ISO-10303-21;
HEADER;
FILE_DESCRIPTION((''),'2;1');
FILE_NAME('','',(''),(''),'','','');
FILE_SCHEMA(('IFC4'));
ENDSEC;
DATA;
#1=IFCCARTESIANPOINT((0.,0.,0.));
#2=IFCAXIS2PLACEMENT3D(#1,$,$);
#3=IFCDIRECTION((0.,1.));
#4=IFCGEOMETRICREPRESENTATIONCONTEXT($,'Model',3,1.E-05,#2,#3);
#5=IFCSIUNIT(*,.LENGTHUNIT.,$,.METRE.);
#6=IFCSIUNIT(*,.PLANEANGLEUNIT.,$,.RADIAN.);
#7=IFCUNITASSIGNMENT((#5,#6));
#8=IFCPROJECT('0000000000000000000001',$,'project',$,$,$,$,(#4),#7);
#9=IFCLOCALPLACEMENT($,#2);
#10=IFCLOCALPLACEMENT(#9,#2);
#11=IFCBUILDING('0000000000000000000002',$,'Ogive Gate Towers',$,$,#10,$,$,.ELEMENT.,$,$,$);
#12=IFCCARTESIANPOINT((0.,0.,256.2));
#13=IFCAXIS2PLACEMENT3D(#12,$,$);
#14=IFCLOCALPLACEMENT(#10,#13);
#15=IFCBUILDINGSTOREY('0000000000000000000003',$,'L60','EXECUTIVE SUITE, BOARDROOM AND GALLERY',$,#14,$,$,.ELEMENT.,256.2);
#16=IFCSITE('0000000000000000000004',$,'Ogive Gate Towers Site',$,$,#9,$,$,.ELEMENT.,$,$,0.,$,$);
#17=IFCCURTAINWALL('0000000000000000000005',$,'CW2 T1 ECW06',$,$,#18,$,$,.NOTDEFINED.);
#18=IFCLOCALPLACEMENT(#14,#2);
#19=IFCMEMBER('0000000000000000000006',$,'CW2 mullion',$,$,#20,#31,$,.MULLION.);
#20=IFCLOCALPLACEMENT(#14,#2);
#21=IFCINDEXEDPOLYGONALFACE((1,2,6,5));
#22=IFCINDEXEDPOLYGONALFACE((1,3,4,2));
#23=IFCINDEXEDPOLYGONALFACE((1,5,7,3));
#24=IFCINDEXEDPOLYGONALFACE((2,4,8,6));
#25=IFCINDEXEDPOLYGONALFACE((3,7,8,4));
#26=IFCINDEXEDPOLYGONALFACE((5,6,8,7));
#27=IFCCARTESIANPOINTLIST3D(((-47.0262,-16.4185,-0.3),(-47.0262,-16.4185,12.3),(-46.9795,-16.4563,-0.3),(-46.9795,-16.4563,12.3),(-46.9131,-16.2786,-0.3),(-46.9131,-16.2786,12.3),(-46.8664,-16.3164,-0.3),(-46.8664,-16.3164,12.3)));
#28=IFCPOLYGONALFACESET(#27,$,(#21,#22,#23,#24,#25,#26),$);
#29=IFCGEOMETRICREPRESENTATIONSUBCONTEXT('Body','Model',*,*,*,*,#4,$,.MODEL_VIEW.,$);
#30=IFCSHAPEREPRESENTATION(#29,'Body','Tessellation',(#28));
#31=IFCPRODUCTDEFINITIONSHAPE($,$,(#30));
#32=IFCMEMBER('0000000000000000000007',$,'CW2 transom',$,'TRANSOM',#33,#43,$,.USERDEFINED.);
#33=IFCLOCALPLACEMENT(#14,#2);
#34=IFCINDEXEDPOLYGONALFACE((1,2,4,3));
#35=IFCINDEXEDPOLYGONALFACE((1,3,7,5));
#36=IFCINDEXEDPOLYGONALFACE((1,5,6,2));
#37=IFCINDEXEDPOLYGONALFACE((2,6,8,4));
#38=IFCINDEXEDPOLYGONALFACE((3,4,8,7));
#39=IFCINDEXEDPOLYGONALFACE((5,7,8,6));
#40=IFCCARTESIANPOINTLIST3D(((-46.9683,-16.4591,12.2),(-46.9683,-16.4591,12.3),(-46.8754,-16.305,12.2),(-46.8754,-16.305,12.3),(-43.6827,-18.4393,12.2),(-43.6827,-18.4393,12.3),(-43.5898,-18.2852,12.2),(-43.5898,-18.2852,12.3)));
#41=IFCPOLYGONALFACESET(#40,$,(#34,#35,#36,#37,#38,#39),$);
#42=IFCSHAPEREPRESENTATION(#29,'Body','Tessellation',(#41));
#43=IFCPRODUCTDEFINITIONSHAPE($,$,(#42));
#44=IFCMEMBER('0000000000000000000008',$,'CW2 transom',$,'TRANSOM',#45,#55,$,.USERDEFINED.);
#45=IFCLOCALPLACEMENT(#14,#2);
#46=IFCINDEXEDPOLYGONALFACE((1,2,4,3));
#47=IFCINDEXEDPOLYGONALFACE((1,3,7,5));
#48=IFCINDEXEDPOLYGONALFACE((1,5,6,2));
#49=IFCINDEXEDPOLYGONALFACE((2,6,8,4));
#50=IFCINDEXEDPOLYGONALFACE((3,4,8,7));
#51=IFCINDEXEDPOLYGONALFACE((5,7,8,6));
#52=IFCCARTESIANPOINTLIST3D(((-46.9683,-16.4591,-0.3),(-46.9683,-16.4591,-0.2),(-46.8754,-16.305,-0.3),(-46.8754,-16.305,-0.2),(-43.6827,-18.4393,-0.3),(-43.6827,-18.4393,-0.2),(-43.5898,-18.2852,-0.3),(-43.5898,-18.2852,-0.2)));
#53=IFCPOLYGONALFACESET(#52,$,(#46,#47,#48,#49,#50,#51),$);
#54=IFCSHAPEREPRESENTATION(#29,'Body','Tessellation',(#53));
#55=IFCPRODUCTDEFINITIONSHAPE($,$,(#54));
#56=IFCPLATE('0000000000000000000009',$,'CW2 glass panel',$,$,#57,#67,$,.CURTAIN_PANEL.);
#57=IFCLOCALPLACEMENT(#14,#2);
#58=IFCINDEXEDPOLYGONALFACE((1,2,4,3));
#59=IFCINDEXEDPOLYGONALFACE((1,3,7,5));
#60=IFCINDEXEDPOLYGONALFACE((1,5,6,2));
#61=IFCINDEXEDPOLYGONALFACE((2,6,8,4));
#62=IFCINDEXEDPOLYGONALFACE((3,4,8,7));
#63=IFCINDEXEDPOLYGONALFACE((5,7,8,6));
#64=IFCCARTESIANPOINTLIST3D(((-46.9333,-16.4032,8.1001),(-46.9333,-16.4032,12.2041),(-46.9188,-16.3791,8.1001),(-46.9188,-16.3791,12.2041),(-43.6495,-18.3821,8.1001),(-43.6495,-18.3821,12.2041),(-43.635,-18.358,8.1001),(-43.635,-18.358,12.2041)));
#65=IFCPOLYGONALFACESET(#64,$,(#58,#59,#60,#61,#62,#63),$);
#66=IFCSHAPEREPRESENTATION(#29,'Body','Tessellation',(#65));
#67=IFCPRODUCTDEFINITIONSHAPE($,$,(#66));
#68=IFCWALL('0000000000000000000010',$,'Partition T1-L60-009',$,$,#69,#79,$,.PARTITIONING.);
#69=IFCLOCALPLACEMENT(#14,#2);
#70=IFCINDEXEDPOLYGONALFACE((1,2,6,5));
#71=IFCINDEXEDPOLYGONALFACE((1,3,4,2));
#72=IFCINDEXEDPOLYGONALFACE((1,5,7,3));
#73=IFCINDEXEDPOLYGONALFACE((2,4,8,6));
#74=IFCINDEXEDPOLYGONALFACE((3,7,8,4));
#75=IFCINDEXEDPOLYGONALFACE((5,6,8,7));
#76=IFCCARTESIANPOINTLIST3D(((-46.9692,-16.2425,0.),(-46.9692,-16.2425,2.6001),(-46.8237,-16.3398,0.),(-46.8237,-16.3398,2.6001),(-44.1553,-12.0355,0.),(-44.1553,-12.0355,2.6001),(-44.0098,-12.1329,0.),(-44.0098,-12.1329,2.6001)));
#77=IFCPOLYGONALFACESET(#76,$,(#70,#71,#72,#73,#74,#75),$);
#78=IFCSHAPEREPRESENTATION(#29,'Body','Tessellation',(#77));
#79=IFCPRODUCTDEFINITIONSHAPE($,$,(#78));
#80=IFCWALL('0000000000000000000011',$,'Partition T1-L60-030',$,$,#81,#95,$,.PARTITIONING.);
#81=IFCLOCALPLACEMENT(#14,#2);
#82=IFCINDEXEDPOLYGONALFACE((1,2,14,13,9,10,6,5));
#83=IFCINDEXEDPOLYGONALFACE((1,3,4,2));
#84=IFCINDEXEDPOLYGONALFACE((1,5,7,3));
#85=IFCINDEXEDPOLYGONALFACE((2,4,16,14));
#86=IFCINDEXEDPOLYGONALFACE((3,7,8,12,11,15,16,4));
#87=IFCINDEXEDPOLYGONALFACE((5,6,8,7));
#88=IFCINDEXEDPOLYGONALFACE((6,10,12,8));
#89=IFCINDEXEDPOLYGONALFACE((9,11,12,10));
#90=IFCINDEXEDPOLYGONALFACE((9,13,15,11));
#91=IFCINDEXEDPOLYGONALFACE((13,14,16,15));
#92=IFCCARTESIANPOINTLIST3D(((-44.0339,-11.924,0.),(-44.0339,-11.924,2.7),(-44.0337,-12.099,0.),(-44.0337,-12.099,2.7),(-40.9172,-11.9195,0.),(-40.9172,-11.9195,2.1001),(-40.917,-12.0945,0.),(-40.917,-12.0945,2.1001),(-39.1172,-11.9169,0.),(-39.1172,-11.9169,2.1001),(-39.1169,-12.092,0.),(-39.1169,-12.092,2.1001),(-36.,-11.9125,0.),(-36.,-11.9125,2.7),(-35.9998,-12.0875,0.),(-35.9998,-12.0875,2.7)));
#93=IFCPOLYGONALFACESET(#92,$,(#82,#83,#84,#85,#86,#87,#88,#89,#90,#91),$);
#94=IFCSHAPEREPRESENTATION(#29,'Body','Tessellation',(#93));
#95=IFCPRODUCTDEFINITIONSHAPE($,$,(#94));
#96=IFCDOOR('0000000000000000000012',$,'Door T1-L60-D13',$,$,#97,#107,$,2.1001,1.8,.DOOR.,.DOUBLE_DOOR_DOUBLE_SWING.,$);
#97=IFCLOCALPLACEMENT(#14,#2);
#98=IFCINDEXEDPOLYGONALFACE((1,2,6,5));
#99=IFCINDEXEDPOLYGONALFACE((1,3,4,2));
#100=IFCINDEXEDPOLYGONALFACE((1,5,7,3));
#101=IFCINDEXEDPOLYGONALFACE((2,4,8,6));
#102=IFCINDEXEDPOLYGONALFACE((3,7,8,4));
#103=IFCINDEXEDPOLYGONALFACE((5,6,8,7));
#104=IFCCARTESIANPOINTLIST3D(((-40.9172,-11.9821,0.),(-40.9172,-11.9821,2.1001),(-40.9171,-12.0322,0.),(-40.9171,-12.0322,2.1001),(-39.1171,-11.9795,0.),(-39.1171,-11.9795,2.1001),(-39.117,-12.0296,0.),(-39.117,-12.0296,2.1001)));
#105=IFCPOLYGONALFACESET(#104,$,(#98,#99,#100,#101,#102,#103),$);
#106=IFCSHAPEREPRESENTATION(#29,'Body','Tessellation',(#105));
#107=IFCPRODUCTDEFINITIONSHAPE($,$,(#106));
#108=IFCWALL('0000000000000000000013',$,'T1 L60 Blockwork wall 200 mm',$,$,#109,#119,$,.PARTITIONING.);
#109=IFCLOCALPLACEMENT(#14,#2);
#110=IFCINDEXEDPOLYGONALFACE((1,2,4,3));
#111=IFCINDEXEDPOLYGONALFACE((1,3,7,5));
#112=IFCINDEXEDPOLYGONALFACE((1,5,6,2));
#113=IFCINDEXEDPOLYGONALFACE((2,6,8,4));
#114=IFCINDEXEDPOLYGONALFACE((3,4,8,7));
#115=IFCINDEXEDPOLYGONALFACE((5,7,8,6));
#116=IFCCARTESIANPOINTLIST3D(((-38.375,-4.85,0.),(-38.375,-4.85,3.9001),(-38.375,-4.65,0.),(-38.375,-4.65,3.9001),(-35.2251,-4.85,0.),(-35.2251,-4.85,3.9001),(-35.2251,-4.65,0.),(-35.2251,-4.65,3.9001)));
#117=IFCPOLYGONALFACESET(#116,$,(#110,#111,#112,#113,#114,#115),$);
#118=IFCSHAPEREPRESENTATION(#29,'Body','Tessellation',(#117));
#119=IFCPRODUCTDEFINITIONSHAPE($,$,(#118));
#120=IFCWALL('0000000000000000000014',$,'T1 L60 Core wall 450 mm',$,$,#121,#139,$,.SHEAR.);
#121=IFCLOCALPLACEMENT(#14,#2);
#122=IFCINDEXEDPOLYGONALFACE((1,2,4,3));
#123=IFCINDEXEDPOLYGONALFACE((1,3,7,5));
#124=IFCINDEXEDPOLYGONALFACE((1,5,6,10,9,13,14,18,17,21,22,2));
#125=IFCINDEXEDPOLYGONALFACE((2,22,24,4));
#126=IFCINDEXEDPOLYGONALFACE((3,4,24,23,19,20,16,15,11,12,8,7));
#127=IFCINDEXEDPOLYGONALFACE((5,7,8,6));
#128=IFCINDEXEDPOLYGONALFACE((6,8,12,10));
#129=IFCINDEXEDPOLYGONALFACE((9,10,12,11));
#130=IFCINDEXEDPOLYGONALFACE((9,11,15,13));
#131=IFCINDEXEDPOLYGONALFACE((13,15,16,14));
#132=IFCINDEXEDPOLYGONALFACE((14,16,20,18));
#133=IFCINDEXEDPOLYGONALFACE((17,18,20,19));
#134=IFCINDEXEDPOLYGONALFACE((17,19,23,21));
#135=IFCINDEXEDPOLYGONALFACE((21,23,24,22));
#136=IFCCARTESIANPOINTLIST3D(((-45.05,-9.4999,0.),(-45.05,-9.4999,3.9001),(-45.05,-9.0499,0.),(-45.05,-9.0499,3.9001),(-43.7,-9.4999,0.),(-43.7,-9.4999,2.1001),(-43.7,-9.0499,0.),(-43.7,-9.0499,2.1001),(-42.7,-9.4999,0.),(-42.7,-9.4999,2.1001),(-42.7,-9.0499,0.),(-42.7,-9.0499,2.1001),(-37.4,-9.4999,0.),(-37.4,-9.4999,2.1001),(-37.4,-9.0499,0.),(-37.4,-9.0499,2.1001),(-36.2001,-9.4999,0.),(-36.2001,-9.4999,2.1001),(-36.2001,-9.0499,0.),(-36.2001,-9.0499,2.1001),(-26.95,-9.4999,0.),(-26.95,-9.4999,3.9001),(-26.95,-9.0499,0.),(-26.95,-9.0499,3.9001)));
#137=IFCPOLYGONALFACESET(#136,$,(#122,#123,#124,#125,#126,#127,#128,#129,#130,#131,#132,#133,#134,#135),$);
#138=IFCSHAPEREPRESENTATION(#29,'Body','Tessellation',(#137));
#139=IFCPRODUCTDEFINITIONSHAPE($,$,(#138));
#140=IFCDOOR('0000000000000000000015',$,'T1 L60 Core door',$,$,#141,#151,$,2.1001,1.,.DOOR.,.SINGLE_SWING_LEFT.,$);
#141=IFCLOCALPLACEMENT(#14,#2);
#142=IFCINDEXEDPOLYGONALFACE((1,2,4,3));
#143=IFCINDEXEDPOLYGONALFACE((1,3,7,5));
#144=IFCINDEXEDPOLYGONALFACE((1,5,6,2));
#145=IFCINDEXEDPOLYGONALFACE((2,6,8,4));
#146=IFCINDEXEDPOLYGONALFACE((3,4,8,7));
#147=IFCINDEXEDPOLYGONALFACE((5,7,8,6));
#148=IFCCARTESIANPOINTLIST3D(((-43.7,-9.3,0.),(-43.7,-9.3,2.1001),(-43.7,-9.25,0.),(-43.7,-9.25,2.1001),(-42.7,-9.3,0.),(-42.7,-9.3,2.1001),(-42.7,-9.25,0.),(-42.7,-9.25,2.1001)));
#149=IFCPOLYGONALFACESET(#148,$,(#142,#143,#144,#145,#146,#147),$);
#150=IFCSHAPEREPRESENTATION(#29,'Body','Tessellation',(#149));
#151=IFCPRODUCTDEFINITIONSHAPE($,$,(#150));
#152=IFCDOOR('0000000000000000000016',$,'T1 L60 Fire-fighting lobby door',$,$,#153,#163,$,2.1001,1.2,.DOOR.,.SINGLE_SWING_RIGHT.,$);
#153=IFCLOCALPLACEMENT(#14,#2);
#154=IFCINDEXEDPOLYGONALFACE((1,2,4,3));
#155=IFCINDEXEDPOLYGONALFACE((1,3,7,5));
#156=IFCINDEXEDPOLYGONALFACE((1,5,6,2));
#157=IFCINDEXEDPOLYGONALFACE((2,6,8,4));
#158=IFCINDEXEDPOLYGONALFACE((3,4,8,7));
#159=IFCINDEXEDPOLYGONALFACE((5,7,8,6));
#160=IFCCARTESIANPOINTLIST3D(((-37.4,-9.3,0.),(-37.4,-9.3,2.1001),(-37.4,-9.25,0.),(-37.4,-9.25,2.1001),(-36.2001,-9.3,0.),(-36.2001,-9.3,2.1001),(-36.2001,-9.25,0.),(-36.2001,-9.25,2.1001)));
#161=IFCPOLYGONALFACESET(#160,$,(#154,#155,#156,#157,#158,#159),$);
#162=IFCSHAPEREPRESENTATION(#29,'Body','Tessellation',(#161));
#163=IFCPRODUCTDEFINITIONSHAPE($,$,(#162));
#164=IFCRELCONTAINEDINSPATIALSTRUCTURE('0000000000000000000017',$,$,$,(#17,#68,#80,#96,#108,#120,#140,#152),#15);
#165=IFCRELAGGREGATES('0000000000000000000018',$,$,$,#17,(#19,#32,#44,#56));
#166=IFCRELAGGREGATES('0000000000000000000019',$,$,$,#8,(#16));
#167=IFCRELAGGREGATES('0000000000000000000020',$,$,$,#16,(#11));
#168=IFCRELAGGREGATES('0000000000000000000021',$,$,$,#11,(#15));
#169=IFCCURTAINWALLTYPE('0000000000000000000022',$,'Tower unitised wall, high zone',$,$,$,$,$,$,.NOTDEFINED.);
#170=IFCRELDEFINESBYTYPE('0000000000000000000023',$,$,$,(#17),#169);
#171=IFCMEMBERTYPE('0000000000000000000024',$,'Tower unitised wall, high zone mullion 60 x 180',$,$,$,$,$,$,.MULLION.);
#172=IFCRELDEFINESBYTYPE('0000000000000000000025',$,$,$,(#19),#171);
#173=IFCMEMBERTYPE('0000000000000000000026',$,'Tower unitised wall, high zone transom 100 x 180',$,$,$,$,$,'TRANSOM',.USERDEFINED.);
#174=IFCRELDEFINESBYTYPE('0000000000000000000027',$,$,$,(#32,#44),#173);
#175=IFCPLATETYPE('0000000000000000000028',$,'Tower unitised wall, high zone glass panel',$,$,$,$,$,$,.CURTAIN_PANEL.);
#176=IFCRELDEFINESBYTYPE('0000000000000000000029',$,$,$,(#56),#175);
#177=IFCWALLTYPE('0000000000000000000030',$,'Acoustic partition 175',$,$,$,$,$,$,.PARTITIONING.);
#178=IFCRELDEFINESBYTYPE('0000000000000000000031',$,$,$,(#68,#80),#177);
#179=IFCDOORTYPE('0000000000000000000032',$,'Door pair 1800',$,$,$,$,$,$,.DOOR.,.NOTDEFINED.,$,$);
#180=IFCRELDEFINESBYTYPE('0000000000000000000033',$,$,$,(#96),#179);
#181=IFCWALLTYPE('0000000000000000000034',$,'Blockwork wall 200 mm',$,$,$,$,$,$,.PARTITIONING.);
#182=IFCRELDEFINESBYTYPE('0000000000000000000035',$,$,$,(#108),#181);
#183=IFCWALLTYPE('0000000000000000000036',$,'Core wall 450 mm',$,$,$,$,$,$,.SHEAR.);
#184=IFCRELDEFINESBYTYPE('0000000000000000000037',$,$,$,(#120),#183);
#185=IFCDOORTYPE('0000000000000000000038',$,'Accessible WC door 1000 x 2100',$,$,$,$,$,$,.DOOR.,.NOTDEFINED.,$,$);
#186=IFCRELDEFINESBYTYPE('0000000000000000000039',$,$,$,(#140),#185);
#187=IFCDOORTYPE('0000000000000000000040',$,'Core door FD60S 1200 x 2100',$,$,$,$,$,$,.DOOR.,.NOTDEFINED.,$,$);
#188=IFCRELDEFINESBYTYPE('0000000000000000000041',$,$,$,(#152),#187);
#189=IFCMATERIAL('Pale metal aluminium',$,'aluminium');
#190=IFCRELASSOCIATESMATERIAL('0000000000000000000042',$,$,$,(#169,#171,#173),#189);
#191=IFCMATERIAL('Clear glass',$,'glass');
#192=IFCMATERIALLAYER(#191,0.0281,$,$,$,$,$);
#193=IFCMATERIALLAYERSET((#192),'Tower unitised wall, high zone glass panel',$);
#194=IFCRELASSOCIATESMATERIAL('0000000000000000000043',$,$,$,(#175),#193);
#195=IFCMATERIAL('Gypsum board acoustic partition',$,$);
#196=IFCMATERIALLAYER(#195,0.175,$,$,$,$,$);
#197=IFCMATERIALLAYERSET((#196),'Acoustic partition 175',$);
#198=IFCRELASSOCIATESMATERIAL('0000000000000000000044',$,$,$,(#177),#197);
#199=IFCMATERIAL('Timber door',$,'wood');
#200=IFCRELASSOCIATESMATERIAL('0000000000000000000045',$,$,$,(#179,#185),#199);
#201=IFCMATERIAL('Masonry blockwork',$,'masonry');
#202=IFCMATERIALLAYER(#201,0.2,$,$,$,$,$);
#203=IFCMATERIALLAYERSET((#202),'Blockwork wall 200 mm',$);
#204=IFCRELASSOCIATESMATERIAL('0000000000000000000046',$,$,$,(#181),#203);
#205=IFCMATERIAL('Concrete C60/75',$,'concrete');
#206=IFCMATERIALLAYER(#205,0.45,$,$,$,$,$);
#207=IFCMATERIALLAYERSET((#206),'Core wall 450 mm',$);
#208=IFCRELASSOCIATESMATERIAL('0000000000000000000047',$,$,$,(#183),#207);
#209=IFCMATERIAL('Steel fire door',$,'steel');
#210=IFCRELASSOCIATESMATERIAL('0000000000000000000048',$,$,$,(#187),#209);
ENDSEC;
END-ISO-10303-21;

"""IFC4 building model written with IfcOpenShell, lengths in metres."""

from ifc_helpers import new_model, si_unit, direction, frame, frame_2d, origin, origin_2d, place, context, subcontext, project, spatial, rectangle, extrude, material, layer, layer_set, material_profile, profile_set, type_object, element, fill, aggregate, save


model = new_model("IFC4")

# Units and contexts
model_context = context("Model", 3, precision=1e-05, world=origin(), true_north=direction((0.0, 1.0)))
body_context = subcontext(model_context, "Body", "Model", "MODEL_VIEW")
ifc_project = project(units=[si_unit("LENGTHUNIT", "METRE"), si_unit("PLANEANGLEUNIT", "RADIAN")], contexts=[model_context])

# Site, building, storey
site_placement = place(None, origin())
site = spatial("IfcSite", under=ifc_project, at=site_placement, Name="Ogive Gate Towers Site", CompositionType="ELEMENT", RefElevation=0.0)
building_placement = place(site_placement, origin())
building = spatial("IfcBuilding", under=site, at=building_placement, Name="Ogive Gate Towers", CompositionType="ELEMENT")
storey_placement = place(building_placement, frame((0.0, 0.0, 256.2)))
storey = spatial("IfcBuildingStorey", under=building, at=storey_placement, Name="L60", Description="EXECUTIVE SUITE, BOARDROOM AND GALLERY", CompositionType="ELEMENT", Elevation=256.2)

# Curtain wall, members, plate
ifc_material_1 = material(Name="Pale metal aluminium", Category="aluminium")
curtain_wall_type = type_object("IfcCurtainWallType", Name="Tower unitised wall, high zone", PredefinedType="NOTDEFINED", material=ifc_material_1)
curtain_wall_placement = place(storey_placement, origin())
curtain_wall = element("IfcCurtainWall", 1, at=curtain_wall_placement, inside=storey, type_object=curtain_wall_type, Name="CW2 T1 ECW06", PredefinedType="NOTDEFINED")
ifc_material_profile_1 = material_profile(ifc_material_1, rectangle(XDim=0.1799, YDim=0.0601, at=origin_2d()), Name="60 x 180 aluminium box")
ifc_profile_set_1 = profile_set([ifc_material_profile_1], Name="Pale metal aluminium")
member_type_1 = type_object("IfcMemberType", Name="Tower unitised wall, high zone mullion 60 x 180", PredefinedType="MULLION", material=ifc_profile_set_1)
member_1_placement = place(storey_placement, frame((-46.9463, -16.3674, -0.3), z_axis=(0.0, 0.0, 1.0), x_axis=(-0.628791, -0.777574, 0.0)))
member_1 = element("IfcMember", 2, at=member_1_placement, type_object=member_type_1, Name="CW2 mullion", PredefinedType="MULLION", context=body_context, shape_type="SweptSolid", body=[
    extrude(rectangle(XDim=0.1799, YDim=0.0601, at=origin_2d()), origin(), (0.0, 0.0, 1.0), 12.6001),
])
ifc_material_profile_2 = material_profile(ifc_material_1, rectangle(XDim=0.1799, YDim=0.1001, at=origin_2d()), Name="100 x 180 aluminium box")
ifc_profile_set_2 = profile_set([ifc_material_profile_2], Name="Pale metal aluminium")
member_type_2 = type_object("IfcMemberType", Name="Tower unitised wall, high zone transom 100 x 180", ElementType="TRANSOM", PredefinedType="USERDEFINED", material=ifc_profile_set_2)
member_2_placement = place(storey_placement, frame((-46.9219, -16.3821, 12.25), z_axis=(0.856475, -0.516189, 0.0), x_axis=(0.516189, 0.856475, 0.0)))
member_2 = element("IfcMember", 3, at=member_2_placement, type_object=member_type_2, Name="CW2 transom", ObjectType="TRANSOM", PredefinedType="USERDEFINED", context=body_context, shape_type="SweptSolid", body=[
    extrude(rectangle(XDim=0.1799, YDim=0.1001, at=origin_2d()), origin(), (0.0, 0.0, 1.0), 3.8362),
])
member_3_placement = place(storey_placement, frame((-46.9219, -16.3821, -0.25), z_axis=(0.856475, -0.516189, 0.0), x_axis=(0.516189, 0.856475, 0.0)))
member_3 = element("IfcMember", 4, at=member_3_placement, type_object=member_type_2, Name="CW2 transom", ObjectType="TRANSOM", PredefinedType="USERDEFINED", context=body_context, shape_type="SweptSolid", body=[
    extrude(rectangle(XDim=0.1799, YDim=0.1001, at=origin_2d()), origin(), (0.0, 0.0, 1.0), 3.8362),
])
ifc_material_2 = material(Name="Clear glass", Category="glass")
ifc_layer_1 = layer(ifc_material_2, 0.0281)
ifc_layer_set_1 = layer_set([ifc_layer_1], Name="Tower unitised wall, high zone glass panel")
plate_type = type_object("IfcPlateType", Name="Tower unitised wall, high zone glass panel", PredefinedType="CURTAIN_PANEL", material=ifc_layer_set_1)
plate_placement = place(storey_placement, frame((-45.2842, -17.3806, 8.1001), z_axis=(0.0, 0.0, 1.0), x_axis=(0.856501, -0.516145, 0.0)))
plate = element("IfcPlate", 5, at=plate_placement, type_object=plate_type, Name="CW2 glass panel", PredefinedType="CURTAIN_PANEL", context=body_context, shape_type="SweptSolid", body=[
    extrude(rectangle(XDim=3.834, YDim=0.0281, at=origin_2d()), origin(), (0.0, 0.0, 1.0), 4.104),
])
aggregate(curtain_wall, [member_1, member_2, member_3, plate])

# Wall
ifc_material_3 = material(Name="Gypsum board acoustic partition")
ifc_layer_2 = layer(ifc_material_3, 0.175)
ifc_layer_set_2 = layer_set([ifc_layer_2], Name="Acoustic partition 175")
wall_type_1 = type_object("IfcWallType", Name="Acoustic partition 175", PredefinedType="PARTITIONING", material=ifc_layer_set_2)
wall_1_placement = place(storey_placement, frame((-46.8965, -16.2913, 0.0), z_axis=(0.0, 0.0, 1.0), x_axis=(0.555969, 0.831203, 0.0)))
element("IfcWall", 6, at=wall_1_placement, inside=storey, type_object=wall_type_1, Name="Partition T1-L60-009", PredefinedType="PARTITIONING", context=body_context, shape_type="SweptSolid", body=[
    extrude(rectangle(XDim=5.0613, YDim=0.175, at=frame_2d((2.5308, 0.0))), origin(), (0.0, 0.0, 1.0), 2.6001),
])

# Wall, opening, door
wall_2_placement = place(storey_placement, frame((-44.0339, -12.0115, 0.0), z_axis=(0.0, 0.0, 1.0), x_axis=(0.999999, 0.001428, 0.0)))
wall_2 = element("IfcWall", 7, at=wall_2_placement, inside=storey, type_object=wall_type_1, Name="Partition T1-L60-030", PredefinedType="PARTITIONING", context=body_context, shape_type="SweptSolid", body=[
    extrude(rectangle(XDim=8.0339, YDim=0.175, at=frame_2d((4.0171, 0.0))), origin(), (0.0, 0.0, 1.0), 2.7),
])
opening_1_placement = place(wall_2_placement, frame((3.1169, 0.0, 0.0)))
opening_1 = element("IfcOpeningElement", 8, at=opening_1_placement, cuts=wall_2, PredefinedType="OPENING", context=body_context, shape_type="SweptSolid", body=[
    extrude(rectangle(XDim=1.8, YDim=2.1001, at=frame_2d((0.8999, 1.05))), frame((0.0, 0.0977, 0.0), z_axis=(0.0, -1.0, 0.0), x_axis=(1.0, 0.0, 0.0)), (0.0, 0.0, 1.0), 0.1951),
])
ifc_material_4 = material(Name="Timber door", Category="wood")
door_type_1 = type_object("IfcDoorType", Name="Door pair 1800", OperationType="NOTDEFINED", PredefinedType="DOOR", material=ifc_material_4)
door_1_placement = place(opening_1_placement, origin())
door_1 = element("IfcDoor", 9, at=door_1_placement, inside=storey, type_object=door_type_1, Name="Door T1-L60-D13", OperationType="DOUBLE_DOOR_DOUBLE_SWING", OverallHeight=2.1001, OverallWidth=1.8, PredefinedType="DOOR", context=body_context, shape_type="SweptSolid", body=[
    extrude(rectangle(XDim=1.8, YDim=2.1001, at=frame_2d((0.8999, 1.05))), frame((0.0, 0.0249, 0.0), z_axis=(0.0, -1.0, 0.0), x_axis=(1.0, 0.0, 0.0)), (0.0, 0.0, 1.0), 0.05),
])
fill(opening_1, door_1)

# Wall
ifc_material_5 = material(Name="Masonry blockwork", Category="masonry")
ifc_layer_3 = layer(ifc_material_5, 0.2)
ifc_layer_set_3 = layer_set([ifc_layer_3], Name="Blockwork wall 200 mm")
wall_type_2 = type_object("IfcWallType", Name="Blockwork wall 200 mm", PredefinedType="PARTITIONING", material=ifc_layer_set_3)
wall_3_placement = place(storey_placement, frame((-38.375, -4.75, 0.0), z_axis=(0.0, 0.0, 1.0), x_axis=(1.0, 0.0, 0.0)))
element("IfcWall", 10, at=wall_3_placement, inside=storey, type_object=wall_type_2, Name="T1 L60 Blockwork wall 200 mm", PredefinedType="PARTITIONING", context=body_context, shape_type="SweptSolid", body=[
    extrude(rectangle(XDim=3.1499, YDim=0.2, at=frame_2d((1.575, 0.0))), origin(), (0.0, 0.0, 1.0), 3.9001),
])

# Wall, openings, doors
ifc_material_6 = material(Name="Concrete C60/75", Category="concrete")
ifc_layer_4 = layer(ifc_material_6, 0.45)
ifc_layer_set_4 = layer_set([ifc_layer_4], Name="Core wall 450 mm")
wall_type_3 = type_object("IfcWallType", Name="Core wall 450 mm", PredefinedType="SHEAR", material=ifc_layer_set_4)
wall_4_placement = place(storey_placement, frame((-45.05, -9.2749, 0.0), z_axis=(0.0, 0.0, 1.0), x_axis=(1.0, 0.0, 0.0)))
wall_4 = element("IfcWall", 11, at=wall_4_placement, inside=storey, type_object=wall_type_3, Name="T1 L60 Core wall 450 mm", PredefinedType="SHEAR", context=body_context, shape_type="SweptSolid", body=[
    extrude(rectangle(XDim=18.1001, YDim=0.45, at=frame_2d((9.05, 0.0))), origin(), (0.0, 0.0, 1.0), 3.9001),
])
opening_2_placement = place(wall_4_placement, frame((7.6499, 0.0, 0.0)))
opening_2 = element("IfcOpeningElement", 12, at=opening_2_placement, cuts=wall_4, PredefinedType="OPENING", context=body_context, shape_type="SweptSolid", body=[
    extrude(rectangle(XDim=1.2, YDim=2.1001, at=frame_2d((0.6001, 1.05))), frame((0.0, 0.2349, 0.0), z_axis=(0.0, -1.0, 0.0), x_axis=(1.0, 0.0, 0.0)), (0.0, 0.0, 1.0), 0.47),
])
opening_3_placement = place(wall_4_placement, frame((1.3501, 0.0, 0.0)))
opening_3 = element("IfcOpeningElement", 13, at=opening_3_placement, cuts=wall_4, PredefinedType="OPENING", context=body_context, shape_type="SweptSolid", body=[
    extrude(rectangle(XDim=1.0, YDim=2.1001, at=frame_2d((0.5, 1.05))), frame((0.0, 0.2349, 0.0), z_axis=(0.0, -1.0, 0.0), x_axis=(1.0, 0.0, 0.0)), (0.0, 0.0, 1.0), 0.47),
])
door_type_2 = type_object("IfcDoorType", Name="Accessible WC door 1000 x 2100", OperationType="NOTDEFINED", PredefinedType="DOOR", material=ifc_material_4)
door_2_placement = place(opening_3_placement, origin())
door_2 = element("IfcDoor", 14, at=door_2_placement, inside=storey, type_object=door_type_2, Name="T1 L60 Core door", OperationType="SINGLE_SWING_LEFT", OverallHeight=2.1001, OverallWidth=1.0, PredefinedType="DOOR", context=body_context, shape_type="SweptSolid", body=[
    extrude(rectangle(XDim=1.0, YDim=2.1001, at=frame_2d((0.5, 1.05))), frame((0.0, 0.0249, 0.0), z_axis=(0.0, -1.0, 0.0), x_axis=(1.0, 0.0, 0.0)), (0.0, 0.0, 1.0), 0.05),
])
fill(opening_3, door_2)
ifc_material_7 = material(Name="Steel fire door", Category="steel")
door_type_3 = type_object("IfcDoorType", Name="Core door FD60S 1200 x 2100", OperationType="NOTDEFINED", PredefinedType="DOOR", material=ifc_material_7)
door_3_placement = place(opening_2_placement, origin())
door_3 = element("IfcDoor", 15, at=door_3_placement, inside=storey, type_object=door_type_3, Name="T1 L60 Fire-fighting lobby door", OperationType="SINGLE_SWING_RIGHT", OverallHeight=2.1001, OverallWidth=1.2, PredefinedType="DOOR", context=body_context, shape_type="SweptSolid", body=[
    extrude(rectangle(XDim=1.2, YDim=2.1001, at=frame_2d((0.6001, 1.05))), frame((0.0, 0.0249, 0.0), z_axis=(0.0, -1.0, 0.0), x_axis=(1.0, 0.0, 0.0)), (0.0, 0.0, 1.0), 0.05),
])
fill(opening_2, door_3)

save(model, "model.ifc")
